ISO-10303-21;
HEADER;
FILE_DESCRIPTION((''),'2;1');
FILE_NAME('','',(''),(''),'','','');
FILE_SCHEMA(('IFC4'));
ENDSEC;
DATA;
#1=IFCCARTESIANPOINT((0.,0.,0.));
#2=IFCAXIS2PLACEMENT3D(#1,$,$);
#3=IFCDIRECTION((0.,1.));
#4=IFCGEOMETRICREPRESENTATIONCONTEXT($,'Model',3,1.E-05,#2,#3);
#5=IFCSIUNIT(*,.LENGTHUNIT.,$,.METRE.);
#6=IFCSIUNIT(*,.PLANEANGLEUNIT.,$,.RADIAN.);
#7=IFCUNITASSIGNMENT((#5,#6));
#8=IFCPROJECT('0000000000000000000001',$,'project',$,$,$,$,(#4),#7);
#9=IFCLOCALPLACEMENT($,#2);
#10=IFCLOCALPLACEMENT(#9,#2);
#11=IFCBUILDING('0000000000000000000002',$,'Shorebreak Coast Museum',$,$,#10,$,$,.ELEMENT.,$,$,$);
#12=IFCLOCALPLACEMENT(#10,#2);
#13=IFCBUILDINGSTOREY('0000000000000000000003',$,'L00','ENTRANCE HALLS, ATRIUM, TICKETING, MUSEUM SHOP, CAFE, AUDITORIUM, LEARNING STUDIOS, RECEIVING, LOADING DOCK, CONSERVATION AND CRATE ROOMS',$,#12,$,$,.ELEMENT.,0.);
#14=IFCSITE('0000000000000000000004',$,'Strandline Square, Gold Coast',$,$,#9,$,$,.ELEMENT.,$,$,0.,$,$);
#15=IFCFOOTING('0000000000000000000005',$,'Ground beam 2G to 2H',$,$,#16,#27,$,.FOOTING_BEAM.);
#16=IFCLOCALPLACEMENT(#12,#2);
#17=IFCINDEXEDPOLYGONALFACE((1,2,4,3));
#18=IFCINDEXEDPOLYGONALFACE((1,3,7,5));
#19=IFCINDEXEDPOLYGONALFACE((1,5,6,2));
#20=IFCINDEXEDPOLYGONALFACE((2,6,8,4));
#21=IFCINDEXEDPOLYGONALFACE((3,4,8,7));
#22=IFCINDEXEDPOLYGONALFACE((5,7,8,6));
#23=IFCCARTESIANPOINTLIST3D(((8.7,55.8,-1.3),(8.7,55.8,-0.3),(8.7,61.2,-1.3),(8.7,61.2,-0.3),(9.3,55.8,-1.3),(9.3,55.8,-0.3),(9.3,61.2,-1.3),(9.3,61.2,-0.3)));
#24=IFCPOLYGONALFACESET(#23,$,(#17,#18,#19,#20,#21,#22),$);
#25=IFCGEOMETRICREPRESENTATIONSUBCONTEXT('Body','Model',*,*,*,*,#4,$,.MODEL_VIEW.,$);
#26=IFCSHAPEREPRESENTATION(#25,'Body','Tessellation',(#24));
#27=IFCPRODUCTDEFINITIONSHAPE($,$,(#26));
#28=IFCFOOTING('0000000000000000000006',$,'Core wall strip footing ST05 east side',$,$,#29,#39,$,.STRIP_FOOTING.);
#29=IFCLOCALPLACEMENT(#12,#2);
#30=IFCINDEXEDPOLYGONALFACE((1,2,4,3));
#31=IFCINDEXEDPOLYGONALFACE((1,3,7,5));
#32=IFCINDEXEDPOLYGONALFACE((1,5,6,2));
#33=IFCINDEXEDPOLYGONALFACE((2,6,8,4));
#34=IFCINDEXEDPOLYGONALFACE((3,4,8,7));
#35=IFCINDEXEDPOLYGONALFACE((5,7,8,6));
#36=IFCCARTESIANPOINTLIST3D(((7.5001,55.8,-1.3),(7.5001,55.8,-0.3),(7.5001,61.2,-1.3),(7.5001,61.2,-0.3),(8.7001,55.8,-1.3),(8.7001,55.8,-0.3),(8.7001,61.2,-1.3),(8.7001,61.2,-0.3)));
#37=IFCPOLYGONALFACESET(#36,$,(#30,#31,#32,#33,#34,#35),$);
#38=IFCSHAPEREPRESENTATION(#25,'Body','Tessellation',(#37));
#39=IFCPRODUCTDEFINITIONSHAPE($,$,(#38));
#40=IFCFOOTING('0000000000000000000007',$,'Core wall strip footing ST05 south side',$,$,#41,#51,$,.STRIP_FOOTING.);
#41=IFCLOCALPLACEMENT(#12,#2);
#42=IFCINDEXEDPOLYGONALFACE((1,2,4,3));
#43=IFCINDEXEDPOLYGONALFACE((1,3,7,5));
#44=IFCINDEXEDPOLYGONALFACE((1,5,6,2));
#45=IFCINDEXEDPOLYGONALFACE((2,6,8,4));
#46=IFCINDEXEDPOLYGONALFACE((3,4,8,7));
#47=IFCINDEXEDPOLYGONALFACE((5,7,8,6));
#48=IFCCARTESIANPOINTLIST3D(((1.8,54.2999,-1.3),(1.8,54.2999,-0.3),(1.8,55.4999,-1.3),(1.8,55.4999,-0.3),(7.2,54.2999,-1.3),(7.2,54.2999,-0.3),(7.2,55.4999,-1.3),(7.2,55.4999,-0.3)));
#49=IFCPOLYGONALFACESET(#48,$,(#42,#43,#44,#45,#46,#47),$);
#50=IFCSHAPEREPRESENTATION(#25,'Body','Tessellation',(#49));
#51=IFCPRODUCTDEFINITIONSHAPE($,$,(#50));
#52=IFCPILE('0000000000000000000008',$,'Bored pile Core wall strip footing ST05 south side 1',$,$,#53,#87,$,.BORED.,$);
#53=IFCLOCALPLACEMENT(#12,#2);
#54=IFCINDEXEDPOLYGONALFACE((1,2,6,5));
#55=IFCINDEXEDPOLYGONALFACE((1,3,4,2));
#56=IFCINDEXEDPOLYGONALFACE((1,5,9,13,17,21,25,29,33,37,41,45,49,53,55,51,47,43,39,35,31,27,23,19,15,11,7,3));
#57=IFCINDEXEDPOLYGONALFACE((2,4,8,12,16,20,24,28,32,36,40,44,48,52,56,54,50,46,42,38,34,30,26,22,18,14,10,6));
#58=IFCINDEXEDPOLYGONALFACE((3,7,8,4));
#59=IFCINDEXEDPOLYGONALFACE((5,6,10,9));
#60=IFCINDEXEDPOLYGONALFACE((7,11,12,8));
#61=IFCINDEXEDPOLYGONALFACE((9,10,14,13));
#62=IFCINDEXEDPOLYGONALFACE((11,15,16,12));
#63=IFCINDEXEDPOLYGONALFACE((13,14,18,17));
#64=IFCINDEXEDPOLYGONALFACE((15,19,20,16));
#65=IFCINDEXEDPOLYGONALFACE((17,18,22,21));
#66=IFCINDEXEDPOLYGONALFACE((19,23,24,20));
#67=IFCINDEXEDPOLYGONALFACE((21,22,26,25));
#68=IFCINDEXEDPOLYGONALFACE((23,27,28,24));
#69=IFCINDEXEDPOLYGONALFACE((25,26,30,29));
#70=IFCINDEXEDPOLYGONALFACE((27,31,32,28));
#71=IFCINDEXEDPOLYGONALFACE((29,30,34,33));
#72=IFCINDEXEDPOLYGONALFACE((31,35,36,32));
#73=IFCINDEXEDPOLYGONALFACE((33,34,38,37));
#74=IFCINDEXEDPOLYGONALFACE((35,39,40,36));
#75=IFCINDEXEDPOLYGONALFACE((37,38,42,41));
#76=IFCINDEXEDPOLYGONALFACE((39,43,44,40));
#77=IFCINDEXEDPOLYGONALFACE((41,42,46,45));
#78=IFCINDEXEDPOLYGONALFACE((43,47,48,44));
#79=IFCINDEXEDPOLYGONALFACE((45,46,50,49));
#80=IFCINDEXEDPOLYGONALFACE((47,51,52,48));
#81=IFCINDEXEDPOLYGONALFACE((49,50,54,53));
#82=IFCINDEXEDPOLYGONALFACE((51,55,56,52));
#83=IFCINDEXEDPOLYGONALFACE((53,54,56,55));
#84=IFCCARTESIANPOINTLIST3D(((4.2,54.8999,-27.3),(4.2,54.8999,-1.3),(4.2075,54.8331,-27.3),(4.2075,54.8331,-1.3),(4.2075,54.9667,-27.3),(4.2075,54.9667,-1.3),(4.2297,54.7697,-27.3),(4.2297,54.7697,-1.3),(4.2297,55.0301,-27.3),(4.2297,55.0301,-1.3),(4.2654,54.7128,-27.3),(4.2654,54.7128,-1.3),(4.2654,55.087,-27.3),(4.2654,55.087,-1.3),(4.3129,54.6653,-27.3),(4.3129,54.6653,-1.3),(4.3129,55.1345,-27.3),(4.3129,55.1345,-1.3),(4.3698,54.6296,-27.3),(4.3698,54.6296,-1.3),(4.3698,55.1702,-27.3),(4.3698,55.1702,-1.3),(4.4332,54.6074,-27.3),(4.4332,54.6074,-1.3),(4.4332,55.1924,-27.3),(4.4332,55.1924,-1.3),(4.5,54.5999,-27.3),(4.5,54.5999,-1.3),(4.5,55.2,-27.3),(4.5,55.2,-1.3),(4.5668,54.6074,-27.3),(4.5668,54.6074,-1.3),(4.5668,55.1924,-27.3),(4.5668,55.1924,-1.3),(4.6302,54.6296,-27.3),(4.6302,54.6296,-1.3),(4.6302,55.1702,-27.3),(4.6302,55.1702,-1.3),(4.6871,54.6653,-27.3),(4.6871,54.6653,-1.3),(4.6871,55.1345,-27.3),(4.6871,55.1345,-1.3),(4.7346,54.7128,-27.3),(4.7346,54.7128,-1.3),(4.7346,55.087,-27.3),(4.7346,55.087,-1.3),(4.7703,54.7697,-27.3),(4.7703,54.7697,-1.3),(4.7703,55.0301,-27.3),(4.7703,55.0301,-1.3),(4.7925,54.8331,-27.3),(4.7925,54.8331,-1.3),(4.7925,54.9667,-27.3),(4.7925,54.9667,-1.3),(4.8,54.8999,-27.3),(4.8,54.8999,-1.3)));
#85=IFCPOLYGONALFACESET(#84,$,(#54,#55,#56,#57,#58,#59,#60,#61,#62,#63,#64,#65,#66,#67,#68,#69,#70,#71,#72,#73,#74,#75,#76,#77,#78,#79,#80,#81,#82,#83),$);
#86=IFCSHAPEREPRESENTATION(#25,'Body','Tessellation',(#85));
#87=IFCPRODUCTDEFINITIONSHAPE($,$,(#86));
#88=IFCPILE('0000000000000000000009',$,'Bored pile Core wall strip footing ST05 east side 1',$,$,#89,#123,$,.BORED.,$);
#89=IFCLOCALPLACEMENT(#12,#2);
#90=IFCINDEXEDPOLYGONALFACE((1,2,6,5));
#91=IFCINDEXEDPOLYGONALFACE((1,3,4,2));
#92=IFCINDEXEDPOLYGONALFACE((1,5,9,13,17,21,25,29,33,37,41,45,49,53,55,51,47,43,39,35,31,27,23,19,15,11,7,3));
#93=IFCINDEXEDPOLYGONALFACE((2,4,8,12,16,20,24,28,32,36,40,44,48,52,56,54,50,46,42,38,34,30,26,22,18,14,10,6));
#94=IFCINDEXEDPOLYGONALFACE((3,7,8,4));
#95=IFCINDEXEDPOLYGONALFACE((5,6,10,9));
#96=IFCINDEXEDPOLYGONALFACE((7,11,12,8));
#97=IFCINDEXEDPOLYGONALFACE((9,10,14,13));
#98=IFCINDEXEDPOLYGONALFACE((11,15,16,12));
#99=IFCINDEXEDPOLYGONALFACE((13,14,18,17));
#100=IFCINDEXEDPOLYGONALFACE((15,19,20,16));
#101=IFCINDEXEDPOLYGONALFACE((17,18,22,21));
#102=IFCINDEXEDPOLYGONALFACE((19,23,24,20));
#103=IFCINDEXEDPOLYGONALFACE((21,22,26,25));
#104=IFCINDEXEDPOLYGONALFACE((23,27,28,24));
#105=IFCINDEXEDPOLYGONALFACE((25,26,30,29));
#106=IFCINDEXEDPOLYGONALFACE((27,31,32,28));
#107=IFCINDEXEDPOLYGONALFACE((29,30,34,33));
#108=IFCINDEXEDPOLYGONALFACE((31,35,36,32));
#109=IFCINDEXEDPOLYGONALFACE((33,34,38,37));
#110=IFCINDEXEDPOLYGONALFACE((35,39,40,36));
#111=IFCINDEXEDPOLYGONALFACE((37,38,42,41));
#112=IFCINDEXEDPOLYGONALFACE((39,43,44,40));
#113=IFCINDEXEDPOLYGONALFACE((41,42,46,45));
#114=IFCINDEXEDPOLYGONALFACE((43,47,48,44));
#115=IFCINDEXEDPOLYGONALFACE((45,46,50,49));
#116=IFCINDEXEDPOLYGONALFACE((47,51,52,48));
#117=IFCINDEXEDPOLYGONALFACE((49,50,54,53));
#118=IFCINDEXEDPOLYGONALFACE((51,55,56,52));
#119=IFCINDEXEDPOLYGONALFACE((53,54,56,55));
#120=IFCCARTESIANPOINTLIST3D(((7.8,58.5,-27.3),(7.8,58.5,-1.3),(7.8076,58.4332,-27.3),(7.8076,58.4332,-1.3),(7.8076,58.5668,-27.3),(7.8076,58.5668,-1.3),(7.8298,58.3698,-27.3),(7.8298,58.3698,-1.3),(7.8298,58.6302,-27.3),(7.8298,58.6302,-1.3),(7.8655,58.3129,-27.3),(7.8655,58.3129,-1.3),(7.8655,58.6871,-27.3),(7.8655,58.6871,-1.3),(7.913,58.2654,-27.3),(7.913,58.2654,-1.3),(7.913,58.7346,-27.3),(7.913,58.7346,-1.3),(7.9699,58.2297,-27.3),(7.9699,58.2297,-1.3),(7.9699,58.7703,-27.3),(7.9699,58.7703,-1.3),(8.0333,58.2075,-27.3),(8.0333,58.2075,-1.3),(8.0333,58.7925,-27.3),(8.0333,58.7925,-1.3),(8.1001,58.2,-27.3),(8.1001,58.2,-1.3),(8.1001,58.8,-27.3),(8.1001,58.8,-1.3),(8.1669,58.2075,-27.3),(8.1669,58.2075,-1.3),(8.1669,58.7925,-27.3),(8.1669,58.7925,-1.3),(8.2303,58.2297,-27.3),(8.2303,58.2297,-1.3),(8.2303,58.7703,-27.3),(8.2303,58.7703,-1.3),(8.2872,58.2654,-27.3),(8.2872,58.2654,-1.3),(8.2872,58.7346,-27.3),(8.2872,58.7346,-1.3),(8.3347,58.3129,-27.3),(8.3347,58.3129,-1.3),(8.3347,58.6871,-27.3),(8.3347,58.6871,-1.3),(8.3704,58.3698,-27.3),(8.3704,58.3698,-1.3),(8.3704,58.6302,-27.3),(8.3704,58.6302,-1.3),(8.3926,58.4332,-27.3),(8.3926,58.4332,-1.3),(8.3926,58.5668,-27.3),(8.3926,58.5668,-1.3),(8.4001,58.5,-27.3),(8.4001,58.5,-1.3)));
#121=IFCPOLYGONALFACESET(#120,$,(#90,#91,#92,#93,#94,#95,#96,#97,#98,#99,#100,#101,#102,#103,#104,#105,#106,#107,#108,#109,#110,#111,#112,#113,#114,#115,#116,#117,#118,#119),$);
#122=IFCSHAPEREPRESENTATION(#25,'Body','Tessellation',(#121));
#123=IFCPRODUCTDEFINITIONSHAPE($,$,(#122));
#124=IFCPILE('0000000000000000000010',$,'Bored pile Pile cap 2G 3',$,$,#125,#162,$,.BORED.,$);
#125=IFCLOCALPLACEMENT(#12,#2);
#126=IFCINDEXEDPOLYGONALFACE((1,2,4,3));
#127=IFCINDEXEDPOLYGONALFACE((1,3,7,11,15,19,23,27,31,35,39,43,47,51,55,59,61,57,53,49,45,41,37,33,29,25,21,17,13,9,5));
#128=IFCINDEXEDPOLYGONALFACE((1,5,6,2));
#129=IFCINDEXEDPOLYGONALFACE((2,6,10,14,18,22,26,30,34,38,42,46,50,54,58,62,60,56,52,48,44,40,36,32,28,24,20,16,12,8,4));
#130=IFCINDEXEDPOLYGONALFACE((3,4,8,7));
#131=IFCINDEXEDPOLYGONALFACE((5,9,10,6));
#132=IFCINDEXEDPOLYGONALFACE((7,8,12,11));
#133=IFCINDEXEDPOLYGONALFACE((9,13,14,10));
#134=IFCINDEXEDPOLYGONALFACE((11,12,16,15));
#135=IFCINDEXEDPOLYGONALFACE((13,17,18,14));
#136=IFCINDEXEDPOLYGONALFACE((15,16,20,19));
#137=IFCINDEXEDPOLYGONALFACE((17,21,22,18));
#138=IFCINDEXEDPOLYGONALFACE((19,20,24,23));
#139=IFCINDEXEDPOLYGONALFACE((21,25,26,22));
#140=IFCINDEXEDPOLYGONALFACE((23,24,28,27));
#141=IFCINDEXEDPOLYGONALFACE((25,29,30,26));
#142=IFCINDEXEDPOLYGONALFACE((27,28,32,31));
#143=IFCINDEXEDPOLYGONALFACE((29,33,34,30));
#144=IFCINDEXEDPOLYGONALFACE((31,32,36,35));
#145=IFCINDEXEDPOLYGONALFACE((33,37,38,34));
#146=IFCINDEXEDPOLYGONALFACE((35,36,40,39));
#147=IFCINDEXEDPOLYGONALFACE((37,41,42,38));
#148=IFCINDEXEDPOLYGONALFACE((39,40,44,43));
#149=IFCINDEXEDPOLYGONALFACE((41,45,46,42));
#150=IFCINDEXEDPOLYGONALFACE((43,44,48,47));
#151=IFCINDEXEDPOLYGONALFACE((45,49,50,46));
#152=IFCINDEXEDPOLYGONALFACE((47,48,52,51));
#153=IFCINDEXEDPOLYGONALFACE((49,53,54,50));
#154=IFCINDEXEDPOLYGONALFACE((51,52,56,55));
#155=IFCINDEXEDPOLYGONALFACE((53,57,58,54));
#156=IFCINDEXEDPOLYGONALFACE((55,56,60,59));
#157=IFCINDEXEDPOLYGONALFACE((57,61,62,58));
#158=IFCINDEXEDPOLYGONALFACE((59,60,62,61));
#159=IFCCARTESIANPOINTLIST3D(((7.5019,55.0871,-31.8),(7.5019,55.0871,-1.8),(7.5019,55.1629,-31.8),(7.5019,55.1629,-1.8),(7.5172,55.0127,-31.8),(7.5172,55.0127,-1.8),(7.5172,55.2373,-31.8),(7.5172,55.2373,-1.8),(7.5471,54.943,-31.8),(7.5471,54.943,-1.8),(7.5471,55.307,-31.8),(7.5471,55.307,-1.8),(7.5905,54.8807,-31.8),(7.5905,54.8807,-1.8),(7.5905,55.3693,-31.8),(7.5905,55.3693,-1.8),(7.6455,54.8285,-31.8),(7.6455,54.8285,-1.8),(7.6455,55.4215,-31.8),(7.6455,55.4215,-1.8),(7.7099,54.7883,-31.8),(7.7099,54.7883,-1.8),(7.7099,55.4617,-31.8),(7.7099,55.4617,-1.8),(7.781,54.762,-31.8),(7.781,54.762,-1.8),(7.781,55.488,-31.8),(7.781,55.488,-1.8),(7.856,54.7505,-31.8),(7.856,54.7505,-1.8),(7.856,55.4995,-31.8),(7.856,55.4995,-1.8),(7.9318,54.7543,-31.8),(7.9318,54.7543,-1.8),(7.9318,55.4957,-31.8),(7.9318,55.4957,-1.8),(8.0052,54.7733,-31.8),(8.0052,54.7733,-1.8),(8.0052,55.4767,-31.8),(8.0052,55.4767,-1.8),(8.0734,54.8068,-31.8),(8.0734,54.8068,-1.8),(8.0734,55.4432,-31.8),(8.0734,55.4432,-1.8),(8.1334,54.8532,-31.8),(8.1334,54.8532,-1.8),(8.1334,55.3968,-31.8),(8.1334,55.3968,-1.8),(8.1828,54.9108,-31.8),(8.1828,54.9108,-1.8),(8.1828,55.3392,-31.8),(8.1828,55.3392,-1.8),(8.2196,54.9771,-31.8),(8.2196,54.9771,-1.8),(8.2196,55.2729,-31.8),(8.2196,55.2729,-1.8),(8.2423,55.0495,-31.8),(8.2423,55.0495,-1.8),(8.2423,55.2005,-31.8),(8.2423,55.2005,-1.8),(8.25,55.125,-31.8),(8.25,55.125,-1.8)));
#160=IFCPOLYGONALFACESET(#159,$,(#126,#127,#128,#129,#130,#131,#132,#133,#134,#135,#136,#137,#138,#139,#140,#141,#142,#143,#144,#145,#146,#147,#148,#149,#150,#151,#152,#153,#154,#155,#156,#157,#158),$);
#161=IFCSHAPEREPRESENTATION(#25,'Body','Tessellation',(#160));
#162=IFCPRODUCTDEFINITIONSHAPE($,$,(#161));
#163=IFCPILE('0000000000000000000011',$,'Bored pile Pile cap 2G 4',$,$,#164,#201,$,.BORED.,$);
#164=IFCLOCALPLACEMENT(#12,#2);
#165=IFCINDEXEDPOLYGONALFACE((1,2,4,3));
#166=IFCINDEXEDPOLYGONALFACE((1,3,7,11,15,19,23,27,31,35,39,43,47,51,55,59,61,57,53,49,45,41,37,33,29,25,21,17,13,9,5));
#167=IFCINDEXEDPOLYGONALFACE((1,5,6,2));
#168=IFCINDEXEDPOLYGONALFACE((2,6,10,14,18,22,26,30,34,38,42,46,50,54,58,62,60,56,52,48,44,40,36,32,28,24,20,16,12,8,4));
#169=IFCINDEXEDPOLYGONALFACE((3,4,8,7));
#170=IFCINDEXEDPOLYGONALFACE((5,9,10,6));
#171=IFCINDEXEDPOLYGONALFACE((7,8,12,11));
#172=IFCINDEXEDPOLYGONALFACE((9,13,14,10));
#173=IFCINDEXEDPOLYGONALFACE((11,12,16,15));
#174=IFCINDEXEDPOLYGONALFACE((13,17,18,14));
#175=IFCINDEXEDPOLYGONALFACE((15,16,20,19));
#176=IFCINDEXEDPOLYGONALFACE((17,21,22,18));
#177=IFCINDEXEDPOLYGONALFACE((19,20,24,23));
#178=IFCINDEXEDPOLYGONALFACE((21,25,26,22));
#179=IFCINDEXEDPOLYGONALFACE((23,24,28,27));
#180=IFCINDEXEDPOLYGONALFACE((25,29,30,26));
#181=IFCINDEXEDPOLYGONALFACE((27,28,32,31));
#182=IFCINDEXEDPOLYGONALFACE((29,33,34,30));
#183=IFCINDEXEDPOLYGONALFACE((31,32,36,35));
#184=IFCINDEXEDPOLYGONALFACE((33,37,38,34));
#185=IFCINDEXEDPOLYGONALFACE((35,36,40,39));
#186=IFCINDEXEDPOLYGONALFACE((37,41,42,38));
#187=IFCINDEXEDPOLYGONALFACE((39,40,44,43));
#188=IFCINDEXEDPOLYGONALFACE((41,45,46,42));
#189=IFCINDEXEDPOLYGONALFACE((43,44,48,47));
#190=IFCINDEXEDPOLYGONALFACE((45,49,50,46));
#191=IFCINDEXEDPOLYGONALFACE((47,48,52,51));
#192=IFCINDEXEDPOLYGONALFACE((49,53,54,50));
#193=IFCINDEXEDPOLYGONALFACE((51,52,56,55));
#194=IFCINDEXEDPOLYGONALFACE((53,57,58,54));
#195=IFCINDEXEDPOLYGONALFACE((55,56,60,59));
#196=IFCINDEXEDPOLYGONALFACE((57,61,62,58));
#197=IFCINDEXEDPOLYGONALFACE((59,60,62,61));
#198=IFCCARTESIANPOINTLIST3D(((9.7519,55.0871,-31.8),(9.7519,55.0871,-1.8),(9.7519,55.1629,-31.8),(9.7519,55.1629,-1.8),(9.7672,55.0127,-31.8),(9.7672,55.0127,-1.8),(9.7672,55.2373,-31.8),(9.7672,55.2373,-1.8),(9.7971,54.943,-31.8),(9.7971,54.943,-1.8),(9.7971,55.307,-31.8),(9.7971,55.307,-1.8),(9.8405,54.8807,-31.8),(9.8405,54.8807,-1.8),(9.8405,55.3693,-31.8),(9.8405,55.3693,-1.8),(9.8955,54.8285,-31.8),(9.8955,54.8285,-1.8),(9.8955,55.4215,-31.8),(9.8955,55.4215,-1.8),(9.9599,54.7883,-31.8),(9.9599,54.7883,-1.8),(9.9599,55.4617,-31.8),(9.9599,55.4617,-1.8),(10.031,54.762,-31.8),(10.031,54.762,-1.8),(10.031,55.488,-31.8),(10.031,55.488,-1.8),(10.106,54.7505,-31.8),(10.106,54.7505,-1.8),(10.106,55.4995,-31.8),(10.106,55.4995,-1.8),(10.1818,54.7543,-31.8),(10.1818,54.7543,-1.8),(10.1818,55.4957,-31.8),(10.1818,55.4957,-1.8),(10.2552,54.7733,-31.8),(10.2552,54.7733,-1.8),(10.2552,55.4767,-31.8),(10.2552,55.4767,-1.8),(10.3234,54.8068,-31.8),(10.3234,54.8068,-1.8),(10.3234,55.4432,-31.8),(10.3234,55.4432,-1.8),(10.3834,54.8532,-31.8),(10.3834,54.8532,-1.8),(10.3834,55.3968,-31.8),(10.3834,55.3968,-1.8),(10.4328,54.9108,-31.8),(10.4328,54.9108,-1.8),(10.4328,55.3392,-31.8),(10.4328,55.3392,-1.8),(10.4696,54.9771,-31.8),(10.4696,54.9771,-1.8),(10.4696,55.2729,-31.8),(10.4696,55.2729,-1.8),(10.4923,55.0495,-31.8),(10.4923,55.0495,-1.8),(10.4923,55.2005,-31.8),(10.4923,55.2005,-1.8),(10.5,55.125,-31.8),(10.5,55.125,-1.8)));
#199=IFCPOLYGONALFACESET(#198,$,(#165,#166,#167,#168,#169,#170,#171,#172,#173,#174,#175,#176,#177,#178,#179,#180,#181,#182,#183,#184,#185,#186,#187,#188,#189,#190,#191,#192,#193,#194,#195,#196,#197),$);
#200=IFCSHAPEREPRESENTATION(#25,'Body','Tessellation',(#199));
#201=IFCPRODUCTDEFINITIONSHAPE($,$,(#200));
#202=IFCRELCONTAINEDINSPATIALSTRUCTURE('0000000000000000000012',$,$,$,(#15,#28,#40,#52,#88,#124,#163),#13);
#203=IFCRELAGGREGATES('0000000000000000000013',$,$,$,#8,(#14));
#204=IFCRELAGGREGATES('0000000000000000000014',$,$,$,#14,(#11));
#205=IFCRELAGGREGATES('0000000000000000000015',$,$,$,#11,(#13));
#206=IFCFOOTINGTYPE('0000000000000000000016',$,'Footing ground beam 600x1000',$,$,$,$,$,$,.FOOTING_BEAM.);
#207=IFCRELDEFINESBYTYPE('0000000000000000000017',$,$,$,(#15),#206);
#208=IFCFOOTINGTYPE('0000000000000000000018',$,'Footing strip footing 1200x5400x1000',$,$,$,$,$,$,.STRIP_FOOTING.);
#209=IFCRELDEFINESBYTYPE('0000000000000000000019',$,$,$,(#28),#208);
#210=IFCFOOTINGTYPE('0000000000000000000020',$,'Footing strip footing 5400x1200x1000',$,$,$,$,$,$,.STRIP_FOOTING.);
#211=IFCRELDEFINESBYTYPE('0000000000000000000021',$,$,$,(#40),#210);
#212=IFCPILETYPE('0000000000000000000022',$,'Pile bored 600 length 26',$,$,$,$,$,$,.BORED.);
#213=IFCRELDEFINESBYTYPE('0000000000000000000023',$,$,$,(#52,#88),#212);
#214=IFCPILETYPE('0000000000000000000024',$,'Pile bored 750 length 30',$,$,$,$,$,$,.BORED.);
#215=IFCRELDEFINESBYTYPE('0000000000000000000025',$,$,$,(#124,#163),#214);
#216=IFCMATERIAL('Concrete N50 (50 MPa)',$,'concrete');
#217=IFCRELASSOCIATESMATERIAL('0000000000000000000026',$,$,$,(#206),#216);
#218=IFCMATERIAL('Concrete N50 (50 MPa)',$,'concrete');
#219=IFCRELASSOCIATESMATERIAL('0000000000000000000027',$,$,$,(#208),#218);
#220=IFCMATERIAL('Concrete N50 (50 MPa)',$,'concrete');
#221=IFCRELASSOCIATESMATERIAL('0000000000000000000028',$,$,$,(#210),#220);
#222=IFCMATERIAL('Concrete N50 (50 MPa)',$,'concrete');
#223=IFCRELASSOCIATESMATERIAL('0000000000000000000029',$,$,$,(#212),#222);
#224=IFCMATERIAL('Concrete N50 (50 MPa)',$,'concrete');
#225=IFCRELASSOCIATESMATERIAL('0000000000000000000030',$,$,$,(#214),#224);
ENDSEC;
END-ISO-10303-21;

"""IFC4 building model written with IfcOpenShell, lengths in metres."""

from ifc_helpers import new_model, si_unit, direction, frame, origin, origin_2d, place, context, subcontext, project, spatial, rectangle, circle, extrude, material, material_profile, profile_set, type_object, element, save


model = new_model("IFC4")

# Units and contexts
model_context = context("Model", 3, precision=1e-05, world=origin(), true_north=direction((0.0, 1.0)))
body_context = subcontext(model_context, "Body", "Model", "MODEL_VIEW")
ifc_project = project(units=[si_unit("LENGTHUNIT", "METRE"), si_unit("PLANEANGLEUNIT", "RADIAN")], contexts=[model_context])

# Site, building, storey
site_placement = place(None, origin())
site = spatial("IfcSite", under=ifc_project, at=site_placement, Name="Strandline Square, Gold Coast", CompositionType="ELEMENT", RefElevation=0.0)
building_placement = place(site_placement, origin())
building = spatial("IfcBuilding", under=site, at=building_placement, Name="Shorebreak Coast Museum", CompositionType="ELEMENT")
storey_placement = place(building_placement, origin())
storey = spatial("IfcBuildingStorey", under=building, at=storey_placement, Name="L00", Description="ENTRANCE HALLS, ATRIUM, TICKETING, MUSEUM SHOP, CAFE, AUDITORIUM, LEARNING STUDIOS, RECEIVING, LOADING DOCK, CONSERVATION AND CRATE ROOMS", CompositionType="ELEMENT", Elevation=0.0)

# Footings
ifc_material_1 = material(Name="Concrete N50 (50 MPa)", Category="concrete")
footing_type_1 = type_object("IfcFootingType", Name="Footing ground beam 600x1000", PredefinedType="FOOTING_BEAM", material=ifc_material_1)
footing_1_placement = place(storey_placement, frame((9.0, 58.5, -1.3), z_axis=(0.0, 0.0, 1.0), x_axis=(1.0, 0.0, 0.0)))
element("IfcFooting", 1, at=footing_1_placement, inside=storey, type_object=footing_type_1, Name="Ground beam 2G to 2H", PredefinedType="FOOTING_BEAM", context=body_context, shape_type="SweptSolid", body=[
    extrude(rectangle(XDim=0.6001, YDim=5.3999, at=origin_2d()), origin(), (0.0, 0.0, 1.0), 1.0),
])
ifc_material_2 = material(Name="Concrete N50 (50 MPa)", Category="concrete")
footing_type_2 = type_object("IfcFootingType", Name="Footing strip footing 1200x5400x1000", PredefinedType="STRIP_FOOTING", material=ifc_material_2)
footing_2_placement = place(storey_placement, frame((8.1001, 58.5, -1.3), z_axis=(0.0, 0.0, 1.0), x_axis=(1.0, 0.0, 0.0)))
element("IfcFooting", 2, at=footing_2_placement, inside=storey, type_object=footing_type_2, Name="Core wall strip footing ST05 east side", PredefinedType="STRIP_FOOTING", context=body_context, shape_type="SweptSolid", body=[
    extrude(rectangle(XDim=1.2, YDim=5.3999, at=origin_2d()), origin(), (0.0, 0.0, 1.0), 1.0),
])
ifc_material_3 = material(Name="Concrete N50 (50 MPa)", Category="concrete")
footing_type_3 = type_object("IfcFootingType", Name="Footing strip footing 5400x1200x1000", PredefinedType="STRIP_FOOTING", material=ifc_material_3)
footing_3_placement = place(storey_placement, frame((4.5, 54.8999, -1.3), z_axis=(0.0, 0.0, 1.0), x_axis=(1.0, 0.0, 0.0)))
element("IfcFooting", 3, at=footing_3_placement, inside=storey, type_object=footing_type_3, Name="Core wall strip footing ST05 south side", PredefinedType="STRIP_FOOTING", context=body_context, shape_type="SweptSolid", body=[
    extrude(rectangle(XDim=5.3999, YDim=1.2, at=origin_2d()), origin(), (0.0, 0.0, 1.0), 1.0),
])

# Piles
ifc_material_4 = material(Name="Concrete N50 (50 MPa)", Category="concrete")
ifc_material_profile_1 = material_profile(ifc_material_4, circle(Radius=0.3, at=origin_2d()), Name="Pile bored 600 length 26")
ifc_profile_set_1 = profile_set([ifc_material_profile_1], Name="Concrete N50 (50 MPa)")
pile_type_1 = type_object("IfcPileType", Name="Pile bored 600 length 26", PredefinedType="BORED", material=ifc_profile_set_1)
for number, where, z_axis, x_axis, name in (
    (4, (4.5, 54.8999, -1.3), (0.0, 0.0, -1.0), (1.0, 0.0, 0.0), "Bored pile Core wall strip footing ST05 south side 1"),
    (5, (8.1001, 58.5, -1.3), (0.0, 0.0, -1.0), (1.0, 0.0, 0.0), "Bored pile Core wall strip footing ST05 east side 1"),
):
    element("IfcPile", number, at=place(storey_placement, frame(where, z_axis=z_axis, x_axis=x_axis)), inside=storey, type_object=pile_type_1, Name=name, PredefinedType="BORED", context=body_context, shape_type="SweptSolid", body=[
        extrude(circle(Radius=0.3, at=origin_2d()), origin(), (0.0, 0.0, 1.0), 26.0),
    ])
ifc_material_5 = material(Name="Concrete N50 (50 MPa)", Category="concrete")
ifc_material_profile_2 = material_profile(ifc_material_5, circle(Radius=0.375, at=origin_2d()), Name="Pile bored 750 length 30")
ifc_profile_set_2 = profile_set([ifc_material_profile_2], Name="Concrete N50 (50 MPa)")
pile_type_2 = type_object("IfcPileType", Name="Pile bored 750 length 30", PredefinedType="BORED", material=ifc_profile_set_2)
for number, where, z_axis, x_axis, name in (
    (6, (7.875, 55.125, -1.8), (0.0, 0.0, -1.0), (1.0, 0.0, 0.0), "Bored pile Pile cap 2G 3"),
    (7, (10.125, 55.125, -1.8), (0.0, 0.0, -1.0), (1.0, 0.0, 0.0), "Bored pile Pile cap 2G 4"),
):
    element("IfcPile", number, at=place(storey_placement, frame(where, z_axis=z_axis, x_axis=x_axis)), inside=storey, type_object=pile_type_2, Name=name, PredefinedType="BORED", context=body_context, shape_type="SweptSolid", body=[
        extrude(circle(Radius=0.375, at=origin_2d()), origin(), (0.0, 0.0, 1.0), 30.0),
    ])

save(model, "model.ifc")
